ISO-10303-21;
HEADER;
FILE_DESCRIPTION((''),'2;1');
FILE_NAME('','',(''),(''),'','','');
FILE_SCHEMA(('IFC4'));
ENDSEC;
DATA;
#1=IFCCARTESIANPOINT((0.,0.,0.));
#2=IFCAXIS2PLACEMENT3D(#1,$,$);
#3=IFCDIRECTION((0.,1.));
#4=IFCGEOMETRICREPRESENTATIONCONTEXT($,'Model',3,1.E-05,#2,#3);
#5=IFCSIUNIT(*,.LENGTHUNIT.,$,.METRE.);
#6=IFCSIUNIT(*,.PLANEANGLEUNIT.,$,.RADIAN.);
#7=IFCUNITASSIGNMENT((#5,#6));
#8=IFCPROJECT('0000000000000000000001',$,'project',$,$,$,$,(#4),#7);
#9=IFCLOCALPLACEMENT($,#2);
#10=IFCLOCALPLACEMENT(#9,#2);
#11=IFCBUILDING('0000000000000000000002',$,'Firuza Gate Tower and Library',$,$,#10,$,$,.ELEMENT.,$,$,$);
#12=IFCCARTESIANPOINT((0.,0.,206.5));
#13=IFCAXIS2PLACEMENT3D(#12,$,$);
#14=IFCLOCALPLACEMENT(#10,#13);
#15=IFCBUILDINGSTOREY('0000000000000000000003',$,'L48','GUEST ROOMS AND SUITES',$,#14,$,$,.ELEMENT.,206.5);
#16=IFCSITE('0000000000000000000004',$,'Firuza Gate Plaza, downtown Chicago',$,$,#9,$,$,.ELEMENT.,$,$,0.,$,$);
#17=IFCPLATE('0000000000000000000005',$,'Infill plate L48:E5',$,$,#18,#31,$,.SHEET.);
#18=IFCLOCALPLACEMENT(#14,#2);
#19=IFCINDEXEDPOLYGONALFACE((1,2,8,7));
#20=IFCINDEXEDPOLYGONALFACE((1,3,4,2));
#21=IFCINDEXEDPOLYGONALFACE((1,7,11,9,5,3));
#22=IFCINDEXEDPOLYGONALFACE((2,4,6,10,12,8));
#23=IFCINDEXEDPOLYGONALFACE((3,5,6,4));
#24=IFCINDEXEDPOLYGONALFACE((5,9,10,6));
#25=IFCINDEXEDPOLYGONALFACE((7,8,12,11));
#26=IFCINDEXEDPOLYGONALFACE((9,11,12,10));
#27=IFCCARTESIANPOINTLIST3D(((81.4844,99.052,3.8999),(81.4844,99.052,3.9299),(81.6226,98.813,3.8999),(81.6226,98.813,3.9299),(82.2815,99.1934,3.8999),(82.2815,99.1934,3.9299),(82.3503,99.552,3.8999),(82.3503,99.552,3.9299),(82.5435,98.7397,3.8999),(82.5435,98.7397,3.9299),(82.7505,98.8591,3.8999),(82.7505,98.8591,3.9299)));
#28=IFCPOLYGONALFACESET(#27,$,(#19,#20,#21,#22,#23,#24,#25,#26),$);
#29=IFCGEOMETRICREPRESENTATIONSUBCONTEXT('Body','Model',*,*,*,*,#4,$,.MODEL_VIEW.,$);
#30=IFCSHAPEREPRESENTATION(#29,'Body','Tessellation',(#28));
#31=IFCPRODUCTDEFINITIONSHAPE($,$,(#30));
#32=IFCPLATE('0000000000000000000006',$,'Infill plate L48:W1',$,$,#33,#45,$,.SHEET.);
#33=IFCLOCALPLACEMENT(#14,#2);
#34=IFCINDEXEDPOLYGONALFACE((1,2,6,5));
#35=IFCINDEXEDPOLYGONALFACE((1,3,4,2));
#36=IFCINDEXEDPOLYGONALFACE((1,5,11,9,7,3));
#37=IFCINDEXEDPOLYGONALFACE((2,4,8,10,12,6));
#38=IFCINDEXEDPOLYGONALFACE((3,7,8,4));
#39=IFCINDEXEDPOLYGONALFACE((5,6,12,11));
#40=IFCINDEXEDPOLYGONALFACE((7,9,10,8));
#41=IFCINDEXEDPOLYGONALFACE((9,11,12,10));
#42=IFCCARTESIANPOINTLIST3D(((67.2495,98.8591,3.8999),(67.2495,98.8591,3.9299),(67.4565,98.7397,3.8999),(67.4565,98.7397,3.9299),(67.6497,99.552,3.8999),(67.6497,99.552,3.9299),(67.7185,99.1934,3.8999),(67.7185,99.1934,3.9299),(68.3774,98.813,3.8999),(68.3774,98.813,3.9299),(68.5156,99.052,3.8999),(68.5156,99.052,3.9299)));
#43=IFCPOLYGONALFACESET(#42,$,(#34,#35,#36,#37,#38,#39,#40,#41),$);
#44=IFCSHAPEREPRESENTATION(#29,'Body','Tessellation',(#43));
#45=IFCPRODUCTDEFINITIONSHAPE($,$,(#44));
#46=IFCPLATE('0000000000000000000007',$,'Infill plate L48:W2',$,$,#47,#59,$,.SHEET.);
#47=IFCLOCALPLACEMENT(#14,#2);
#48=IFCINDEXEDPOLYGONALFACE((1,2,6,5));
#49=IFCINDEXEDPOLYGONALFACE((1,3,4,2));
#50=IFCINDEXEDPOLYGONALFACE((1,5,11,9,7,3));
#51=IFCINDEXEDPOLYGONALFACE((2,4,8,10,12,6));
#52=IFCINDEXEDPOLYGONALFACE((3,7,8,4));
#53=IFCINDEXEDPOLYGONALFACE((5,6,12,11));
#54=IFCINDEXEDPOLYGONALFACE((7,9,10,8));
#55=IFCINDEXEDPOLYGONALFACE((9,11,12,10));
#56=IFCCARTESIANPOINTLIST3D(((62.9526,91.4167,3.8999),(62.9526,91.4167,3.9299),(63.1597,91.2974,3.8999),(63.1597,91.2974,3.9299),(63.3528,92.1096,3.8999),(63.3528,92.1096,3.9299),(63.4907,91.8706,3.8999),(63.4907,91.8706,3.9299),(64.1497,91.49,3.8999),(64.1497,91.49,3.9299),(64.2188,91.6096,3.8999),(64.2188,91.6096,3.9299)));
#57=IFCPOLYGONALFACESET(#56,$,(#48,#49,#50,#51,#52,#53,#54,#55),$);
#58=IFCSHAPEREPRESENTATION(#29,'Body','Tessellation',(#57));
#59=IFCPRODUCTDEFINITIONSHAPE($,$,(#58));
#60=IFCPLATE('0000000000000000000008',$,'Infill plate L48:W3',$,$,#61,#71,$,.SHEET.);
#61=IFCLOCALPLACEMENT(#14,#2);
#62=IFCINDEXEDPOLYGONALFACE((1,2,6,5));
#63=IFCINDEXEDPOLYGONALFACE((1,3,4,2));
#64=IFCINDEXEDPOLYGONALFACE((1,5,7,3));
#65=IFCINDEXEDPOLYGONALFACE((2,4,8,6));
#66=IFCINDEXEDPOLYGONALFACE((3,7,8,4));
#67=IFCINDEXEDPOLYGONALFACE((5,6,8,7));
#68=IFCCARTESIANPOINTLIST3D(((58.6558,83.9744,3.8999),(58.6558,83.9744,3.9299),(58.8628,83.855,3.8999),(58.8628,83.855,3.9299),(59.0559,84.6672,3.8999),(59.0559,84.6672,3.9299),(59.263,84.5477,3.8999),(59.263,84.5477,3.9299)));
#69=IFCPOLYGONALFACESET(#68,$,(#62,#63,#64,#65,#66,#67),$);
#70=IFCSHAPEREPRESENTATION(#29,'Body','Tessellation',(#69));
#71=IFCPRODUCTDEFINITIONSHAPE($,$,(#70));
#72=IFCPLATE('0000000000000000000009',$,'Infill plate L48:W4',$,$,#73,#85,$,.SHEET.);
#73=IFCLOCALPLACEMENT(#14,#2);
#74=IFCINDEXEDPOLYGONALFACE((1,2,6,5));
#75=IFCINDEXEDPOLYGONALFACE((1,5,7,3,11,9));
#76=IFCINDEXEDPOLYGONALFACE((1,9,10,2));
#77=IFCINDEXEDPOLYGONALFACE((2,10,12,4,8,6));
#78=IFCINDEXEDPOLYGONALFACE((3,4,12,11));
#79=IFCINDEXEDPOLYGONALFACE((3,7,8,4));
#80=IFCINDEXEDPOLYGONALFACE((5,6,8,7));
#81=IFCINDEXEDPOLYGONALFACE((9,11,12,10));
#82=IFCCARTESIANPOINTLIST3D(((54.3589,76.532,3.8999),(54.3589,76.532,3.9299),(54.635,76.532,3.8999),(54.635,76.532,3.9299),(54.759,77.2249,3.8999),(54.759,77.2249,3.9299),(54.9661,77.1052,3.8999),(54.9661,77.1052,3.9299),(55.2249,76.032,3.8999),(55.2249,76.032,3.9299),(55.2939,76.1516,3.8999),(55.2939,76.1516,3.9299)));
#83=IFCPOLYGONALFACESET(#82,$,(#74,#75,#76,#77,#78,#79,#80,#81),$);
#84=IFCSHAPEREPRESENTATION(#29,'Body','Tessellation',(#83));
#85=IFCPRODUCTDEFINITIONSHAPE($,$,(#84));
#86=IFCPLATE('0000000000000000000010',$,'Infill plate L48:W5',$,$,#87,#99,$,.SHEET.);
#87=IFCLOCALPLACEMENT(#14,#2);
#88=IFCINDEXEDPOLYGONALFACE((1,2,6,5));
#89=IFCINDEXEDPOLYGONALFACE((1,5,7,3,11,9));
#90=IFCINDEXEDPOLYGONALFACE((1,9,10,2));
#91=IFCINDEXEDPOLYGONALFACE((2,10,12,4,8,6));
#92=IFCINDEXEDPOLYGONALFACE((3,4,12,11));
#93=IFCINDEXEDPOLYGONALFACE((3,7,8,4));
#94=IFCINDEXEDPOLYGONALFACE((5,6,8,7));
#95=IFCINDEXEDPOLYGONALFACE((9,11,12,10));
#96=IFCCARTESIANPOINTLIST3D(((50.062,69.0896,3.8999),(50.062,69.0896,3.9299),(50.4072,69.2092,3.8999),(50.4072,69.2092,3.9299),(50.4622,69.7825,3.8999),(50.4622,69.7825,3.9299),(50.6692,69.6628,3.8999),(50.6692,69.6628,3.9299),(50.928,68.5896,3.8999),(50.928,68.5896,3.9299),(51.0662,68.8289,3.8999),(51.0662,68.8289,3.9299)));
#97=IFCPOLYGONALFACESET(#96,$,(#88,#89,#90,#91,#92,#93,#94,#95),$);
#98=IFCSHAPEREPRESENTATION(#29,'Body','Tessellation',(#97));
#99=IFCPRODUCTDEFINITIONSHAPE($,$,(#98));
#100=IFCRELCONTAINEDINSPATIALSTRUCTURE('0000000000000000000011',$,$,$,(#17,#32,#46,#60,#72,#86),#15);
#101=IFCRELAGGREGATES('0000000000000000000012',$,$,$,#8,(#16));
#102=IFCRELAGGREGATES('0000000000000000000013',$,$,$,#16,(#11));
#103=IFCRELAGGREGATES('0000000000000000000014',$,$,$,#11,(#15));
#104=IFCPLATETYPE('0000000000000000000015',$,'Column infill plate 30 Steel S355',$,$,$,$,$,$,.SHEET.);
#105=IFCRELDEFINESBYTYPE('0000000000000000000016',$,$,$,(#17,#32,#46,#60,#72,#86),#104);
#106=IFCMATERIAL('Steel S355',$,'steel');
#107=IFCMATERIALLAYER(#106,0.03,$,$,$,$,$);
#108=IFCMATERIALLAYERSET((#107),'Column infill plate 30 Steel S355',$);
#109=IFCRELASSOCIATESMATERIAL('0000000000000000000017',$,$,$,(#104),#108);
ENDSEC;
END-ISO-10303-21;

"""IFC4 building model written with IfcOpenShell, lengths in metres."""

from ifc_helpers import new_model, si_unit, direction, frame, origin, place, context, subcontext, project, spatial, polyline, outline, extrude, material, layer, layer_set, type_object, element, save


model = new_model("IFC4")

# Units and contexts
model_context = context("Model", 3, precision=1e-05, world=origin(), true_north=direction((0.0, 1.0)))
body_context = subcontext(model_context, "Body", "Model", "MODEL_VIEW")
ifc_project = project(units=[si_unit("LENGTHUNIT", "METRE"), si_unit("PLANEANGLEUNIT", "RADIAN")], contexts=[model_context])

# Site, building, storey
site_placement = place(None, origin())
site = spatial("IfcSite", under=ifc_project, at=site_placement, Name="Firuza Gate Plaza, downtown Chicago", CompositionType="ELEMENT", RefElevation=0.0)
building_placement = place(site_placement, origin())
building = spatial("IfcBuilding", under=site, at=building_placement, Name="Firuza Gate Tower and Library", CompositionType="ELEMENT")
storey_placement = place(building_placement, frame((0.0, 0.0, 206.5)))
storey = spatial("IfcBuildingStorey", under=building, at=storey_placement, Name="L48", Description="GUEST ROOMS AND SUITES", CompositionType="ELEMENT", Elevation=206.5)

# Plates
ifc_material_1 = material(Name="Steel S355", Category="steel")
ifc_layer_1 = layer(ifc_material_1, 0.03)
ifc_layer_set_1 = layer_set([ifc_layer_1], Name="Column infill plate 30 Steel S355")
plate_type_1 = type_object("IfcPlateType", Name="Column infill plate 30 Steel S355", PredefinedType="SHEET", material=ifc_layer_set_1)
placement_1 = place(storey_placement, frame((0.0, 0.0, 3.8999)))
element("IfcPlate", 1, at=placement_1, inside=storey, type_object=plate_type_1, Name="Infill plate L48:E5", PredefinedType="SHEET", context=body_context, shape_type="SweptSolid", body=[
    extrude(outline(polyline([(81.4844, 99.052), (81.6226, 98.813), (82.2815, 99.1934), (82.5435, 98.7397), (82.7505, 98.8591), (82.3503, 99.552), (81.4844, 99.052)])), origin(), (0.0, 0.0, 1.0), 0.03),
])
element("IfcPlate", 2, at=placement_1, inside=storey, type_object=plate_type_1, Name="Infill plate L48:W1", PredefinedType="SHEET", context=body_context, shape_type="SweptSolid", body=[
    extrude(outline(polyline([(67.2495, 98.8591), (67.4565, 98.7397), (67.7185, 99.1934), (68.3774, 98.813), (68.5156, 99.052), (67.6497, 99.552), (67.2495, 98.8591)])), origin(), (0.0, 0.0, 1.0), 0.03),
])
element("IfcPlate", 3, at=placement_1, inside=storey, type_object=plate_type_1, Name="Infill plate L48:W2", PredefinedType="SHEET", context=body_context, shape_type="SweptSolid", body=[
    extrude(outline(polyline([(62.9526, 91.4167), (63.1597, 91.2974), (63.4907, 91.8706), (64.1497, 91.49), (64.2188, 91.6096), (63.3528, 92.1096), (62.9526, 91.4167)])), origin(), (0.0, 0.0, 1.0), 0.03),
])
element("IfcPlate", 4, at=placement_1, inside=storey, type_object=plate_type_1, Name="Infill plate L48:W3", PredefinedType="SHEET", context=body_context, shape_type="SweptSolid", body=[
    extrude(outline(polyline([(58.6558, 83.9744), (58.8628, 83.855), (59.2629, 84.5476), (59.9219, 84.1672), (59.9219, 84.1672), (59.0559, 84.6672), (58.6558, 83.9744)])), origin(), (0.0, 0.0, 1.0), 0.03),
])
element("IfcPlate", 5, at=placement_1, inside=storey, type_object=plate_type_1, Name="Infill plate L48:W4", PredefinedType="SHEET", context=body_context, shape_type="SweptSolid", body=[
    extrude(outline(polyline([(55.2249, 76.032), (55.2939, 76.1516), (54.635, 76.532), (54.9661, 77.1052), (54.759, 77.2249), (54.3589, 76.532), (55.2249, 76.032)])), origin(), (0.0, 0.0, 1.0), 0.03),
])
element("IfcPlate", 6, at=placement_1, inside=storey, type_object=plate_type_1, Name="Infill plate L48:W5", PredefinedType="SHEET", context=body_context, shape_type="SweptSolid", body=[
    extrude(outline(polyline([(50.928, 68.5896), (51.0662, 68.8289), (50.4072, 69.2092), (50.6692, 69.6628), (50.4622, 69.7825), (50.062, 69.0896), (50.928, 68.5896)])), origin(), (0.0, 0.0, 1.0), 0.03),
])

save(model, "model.ifc")
